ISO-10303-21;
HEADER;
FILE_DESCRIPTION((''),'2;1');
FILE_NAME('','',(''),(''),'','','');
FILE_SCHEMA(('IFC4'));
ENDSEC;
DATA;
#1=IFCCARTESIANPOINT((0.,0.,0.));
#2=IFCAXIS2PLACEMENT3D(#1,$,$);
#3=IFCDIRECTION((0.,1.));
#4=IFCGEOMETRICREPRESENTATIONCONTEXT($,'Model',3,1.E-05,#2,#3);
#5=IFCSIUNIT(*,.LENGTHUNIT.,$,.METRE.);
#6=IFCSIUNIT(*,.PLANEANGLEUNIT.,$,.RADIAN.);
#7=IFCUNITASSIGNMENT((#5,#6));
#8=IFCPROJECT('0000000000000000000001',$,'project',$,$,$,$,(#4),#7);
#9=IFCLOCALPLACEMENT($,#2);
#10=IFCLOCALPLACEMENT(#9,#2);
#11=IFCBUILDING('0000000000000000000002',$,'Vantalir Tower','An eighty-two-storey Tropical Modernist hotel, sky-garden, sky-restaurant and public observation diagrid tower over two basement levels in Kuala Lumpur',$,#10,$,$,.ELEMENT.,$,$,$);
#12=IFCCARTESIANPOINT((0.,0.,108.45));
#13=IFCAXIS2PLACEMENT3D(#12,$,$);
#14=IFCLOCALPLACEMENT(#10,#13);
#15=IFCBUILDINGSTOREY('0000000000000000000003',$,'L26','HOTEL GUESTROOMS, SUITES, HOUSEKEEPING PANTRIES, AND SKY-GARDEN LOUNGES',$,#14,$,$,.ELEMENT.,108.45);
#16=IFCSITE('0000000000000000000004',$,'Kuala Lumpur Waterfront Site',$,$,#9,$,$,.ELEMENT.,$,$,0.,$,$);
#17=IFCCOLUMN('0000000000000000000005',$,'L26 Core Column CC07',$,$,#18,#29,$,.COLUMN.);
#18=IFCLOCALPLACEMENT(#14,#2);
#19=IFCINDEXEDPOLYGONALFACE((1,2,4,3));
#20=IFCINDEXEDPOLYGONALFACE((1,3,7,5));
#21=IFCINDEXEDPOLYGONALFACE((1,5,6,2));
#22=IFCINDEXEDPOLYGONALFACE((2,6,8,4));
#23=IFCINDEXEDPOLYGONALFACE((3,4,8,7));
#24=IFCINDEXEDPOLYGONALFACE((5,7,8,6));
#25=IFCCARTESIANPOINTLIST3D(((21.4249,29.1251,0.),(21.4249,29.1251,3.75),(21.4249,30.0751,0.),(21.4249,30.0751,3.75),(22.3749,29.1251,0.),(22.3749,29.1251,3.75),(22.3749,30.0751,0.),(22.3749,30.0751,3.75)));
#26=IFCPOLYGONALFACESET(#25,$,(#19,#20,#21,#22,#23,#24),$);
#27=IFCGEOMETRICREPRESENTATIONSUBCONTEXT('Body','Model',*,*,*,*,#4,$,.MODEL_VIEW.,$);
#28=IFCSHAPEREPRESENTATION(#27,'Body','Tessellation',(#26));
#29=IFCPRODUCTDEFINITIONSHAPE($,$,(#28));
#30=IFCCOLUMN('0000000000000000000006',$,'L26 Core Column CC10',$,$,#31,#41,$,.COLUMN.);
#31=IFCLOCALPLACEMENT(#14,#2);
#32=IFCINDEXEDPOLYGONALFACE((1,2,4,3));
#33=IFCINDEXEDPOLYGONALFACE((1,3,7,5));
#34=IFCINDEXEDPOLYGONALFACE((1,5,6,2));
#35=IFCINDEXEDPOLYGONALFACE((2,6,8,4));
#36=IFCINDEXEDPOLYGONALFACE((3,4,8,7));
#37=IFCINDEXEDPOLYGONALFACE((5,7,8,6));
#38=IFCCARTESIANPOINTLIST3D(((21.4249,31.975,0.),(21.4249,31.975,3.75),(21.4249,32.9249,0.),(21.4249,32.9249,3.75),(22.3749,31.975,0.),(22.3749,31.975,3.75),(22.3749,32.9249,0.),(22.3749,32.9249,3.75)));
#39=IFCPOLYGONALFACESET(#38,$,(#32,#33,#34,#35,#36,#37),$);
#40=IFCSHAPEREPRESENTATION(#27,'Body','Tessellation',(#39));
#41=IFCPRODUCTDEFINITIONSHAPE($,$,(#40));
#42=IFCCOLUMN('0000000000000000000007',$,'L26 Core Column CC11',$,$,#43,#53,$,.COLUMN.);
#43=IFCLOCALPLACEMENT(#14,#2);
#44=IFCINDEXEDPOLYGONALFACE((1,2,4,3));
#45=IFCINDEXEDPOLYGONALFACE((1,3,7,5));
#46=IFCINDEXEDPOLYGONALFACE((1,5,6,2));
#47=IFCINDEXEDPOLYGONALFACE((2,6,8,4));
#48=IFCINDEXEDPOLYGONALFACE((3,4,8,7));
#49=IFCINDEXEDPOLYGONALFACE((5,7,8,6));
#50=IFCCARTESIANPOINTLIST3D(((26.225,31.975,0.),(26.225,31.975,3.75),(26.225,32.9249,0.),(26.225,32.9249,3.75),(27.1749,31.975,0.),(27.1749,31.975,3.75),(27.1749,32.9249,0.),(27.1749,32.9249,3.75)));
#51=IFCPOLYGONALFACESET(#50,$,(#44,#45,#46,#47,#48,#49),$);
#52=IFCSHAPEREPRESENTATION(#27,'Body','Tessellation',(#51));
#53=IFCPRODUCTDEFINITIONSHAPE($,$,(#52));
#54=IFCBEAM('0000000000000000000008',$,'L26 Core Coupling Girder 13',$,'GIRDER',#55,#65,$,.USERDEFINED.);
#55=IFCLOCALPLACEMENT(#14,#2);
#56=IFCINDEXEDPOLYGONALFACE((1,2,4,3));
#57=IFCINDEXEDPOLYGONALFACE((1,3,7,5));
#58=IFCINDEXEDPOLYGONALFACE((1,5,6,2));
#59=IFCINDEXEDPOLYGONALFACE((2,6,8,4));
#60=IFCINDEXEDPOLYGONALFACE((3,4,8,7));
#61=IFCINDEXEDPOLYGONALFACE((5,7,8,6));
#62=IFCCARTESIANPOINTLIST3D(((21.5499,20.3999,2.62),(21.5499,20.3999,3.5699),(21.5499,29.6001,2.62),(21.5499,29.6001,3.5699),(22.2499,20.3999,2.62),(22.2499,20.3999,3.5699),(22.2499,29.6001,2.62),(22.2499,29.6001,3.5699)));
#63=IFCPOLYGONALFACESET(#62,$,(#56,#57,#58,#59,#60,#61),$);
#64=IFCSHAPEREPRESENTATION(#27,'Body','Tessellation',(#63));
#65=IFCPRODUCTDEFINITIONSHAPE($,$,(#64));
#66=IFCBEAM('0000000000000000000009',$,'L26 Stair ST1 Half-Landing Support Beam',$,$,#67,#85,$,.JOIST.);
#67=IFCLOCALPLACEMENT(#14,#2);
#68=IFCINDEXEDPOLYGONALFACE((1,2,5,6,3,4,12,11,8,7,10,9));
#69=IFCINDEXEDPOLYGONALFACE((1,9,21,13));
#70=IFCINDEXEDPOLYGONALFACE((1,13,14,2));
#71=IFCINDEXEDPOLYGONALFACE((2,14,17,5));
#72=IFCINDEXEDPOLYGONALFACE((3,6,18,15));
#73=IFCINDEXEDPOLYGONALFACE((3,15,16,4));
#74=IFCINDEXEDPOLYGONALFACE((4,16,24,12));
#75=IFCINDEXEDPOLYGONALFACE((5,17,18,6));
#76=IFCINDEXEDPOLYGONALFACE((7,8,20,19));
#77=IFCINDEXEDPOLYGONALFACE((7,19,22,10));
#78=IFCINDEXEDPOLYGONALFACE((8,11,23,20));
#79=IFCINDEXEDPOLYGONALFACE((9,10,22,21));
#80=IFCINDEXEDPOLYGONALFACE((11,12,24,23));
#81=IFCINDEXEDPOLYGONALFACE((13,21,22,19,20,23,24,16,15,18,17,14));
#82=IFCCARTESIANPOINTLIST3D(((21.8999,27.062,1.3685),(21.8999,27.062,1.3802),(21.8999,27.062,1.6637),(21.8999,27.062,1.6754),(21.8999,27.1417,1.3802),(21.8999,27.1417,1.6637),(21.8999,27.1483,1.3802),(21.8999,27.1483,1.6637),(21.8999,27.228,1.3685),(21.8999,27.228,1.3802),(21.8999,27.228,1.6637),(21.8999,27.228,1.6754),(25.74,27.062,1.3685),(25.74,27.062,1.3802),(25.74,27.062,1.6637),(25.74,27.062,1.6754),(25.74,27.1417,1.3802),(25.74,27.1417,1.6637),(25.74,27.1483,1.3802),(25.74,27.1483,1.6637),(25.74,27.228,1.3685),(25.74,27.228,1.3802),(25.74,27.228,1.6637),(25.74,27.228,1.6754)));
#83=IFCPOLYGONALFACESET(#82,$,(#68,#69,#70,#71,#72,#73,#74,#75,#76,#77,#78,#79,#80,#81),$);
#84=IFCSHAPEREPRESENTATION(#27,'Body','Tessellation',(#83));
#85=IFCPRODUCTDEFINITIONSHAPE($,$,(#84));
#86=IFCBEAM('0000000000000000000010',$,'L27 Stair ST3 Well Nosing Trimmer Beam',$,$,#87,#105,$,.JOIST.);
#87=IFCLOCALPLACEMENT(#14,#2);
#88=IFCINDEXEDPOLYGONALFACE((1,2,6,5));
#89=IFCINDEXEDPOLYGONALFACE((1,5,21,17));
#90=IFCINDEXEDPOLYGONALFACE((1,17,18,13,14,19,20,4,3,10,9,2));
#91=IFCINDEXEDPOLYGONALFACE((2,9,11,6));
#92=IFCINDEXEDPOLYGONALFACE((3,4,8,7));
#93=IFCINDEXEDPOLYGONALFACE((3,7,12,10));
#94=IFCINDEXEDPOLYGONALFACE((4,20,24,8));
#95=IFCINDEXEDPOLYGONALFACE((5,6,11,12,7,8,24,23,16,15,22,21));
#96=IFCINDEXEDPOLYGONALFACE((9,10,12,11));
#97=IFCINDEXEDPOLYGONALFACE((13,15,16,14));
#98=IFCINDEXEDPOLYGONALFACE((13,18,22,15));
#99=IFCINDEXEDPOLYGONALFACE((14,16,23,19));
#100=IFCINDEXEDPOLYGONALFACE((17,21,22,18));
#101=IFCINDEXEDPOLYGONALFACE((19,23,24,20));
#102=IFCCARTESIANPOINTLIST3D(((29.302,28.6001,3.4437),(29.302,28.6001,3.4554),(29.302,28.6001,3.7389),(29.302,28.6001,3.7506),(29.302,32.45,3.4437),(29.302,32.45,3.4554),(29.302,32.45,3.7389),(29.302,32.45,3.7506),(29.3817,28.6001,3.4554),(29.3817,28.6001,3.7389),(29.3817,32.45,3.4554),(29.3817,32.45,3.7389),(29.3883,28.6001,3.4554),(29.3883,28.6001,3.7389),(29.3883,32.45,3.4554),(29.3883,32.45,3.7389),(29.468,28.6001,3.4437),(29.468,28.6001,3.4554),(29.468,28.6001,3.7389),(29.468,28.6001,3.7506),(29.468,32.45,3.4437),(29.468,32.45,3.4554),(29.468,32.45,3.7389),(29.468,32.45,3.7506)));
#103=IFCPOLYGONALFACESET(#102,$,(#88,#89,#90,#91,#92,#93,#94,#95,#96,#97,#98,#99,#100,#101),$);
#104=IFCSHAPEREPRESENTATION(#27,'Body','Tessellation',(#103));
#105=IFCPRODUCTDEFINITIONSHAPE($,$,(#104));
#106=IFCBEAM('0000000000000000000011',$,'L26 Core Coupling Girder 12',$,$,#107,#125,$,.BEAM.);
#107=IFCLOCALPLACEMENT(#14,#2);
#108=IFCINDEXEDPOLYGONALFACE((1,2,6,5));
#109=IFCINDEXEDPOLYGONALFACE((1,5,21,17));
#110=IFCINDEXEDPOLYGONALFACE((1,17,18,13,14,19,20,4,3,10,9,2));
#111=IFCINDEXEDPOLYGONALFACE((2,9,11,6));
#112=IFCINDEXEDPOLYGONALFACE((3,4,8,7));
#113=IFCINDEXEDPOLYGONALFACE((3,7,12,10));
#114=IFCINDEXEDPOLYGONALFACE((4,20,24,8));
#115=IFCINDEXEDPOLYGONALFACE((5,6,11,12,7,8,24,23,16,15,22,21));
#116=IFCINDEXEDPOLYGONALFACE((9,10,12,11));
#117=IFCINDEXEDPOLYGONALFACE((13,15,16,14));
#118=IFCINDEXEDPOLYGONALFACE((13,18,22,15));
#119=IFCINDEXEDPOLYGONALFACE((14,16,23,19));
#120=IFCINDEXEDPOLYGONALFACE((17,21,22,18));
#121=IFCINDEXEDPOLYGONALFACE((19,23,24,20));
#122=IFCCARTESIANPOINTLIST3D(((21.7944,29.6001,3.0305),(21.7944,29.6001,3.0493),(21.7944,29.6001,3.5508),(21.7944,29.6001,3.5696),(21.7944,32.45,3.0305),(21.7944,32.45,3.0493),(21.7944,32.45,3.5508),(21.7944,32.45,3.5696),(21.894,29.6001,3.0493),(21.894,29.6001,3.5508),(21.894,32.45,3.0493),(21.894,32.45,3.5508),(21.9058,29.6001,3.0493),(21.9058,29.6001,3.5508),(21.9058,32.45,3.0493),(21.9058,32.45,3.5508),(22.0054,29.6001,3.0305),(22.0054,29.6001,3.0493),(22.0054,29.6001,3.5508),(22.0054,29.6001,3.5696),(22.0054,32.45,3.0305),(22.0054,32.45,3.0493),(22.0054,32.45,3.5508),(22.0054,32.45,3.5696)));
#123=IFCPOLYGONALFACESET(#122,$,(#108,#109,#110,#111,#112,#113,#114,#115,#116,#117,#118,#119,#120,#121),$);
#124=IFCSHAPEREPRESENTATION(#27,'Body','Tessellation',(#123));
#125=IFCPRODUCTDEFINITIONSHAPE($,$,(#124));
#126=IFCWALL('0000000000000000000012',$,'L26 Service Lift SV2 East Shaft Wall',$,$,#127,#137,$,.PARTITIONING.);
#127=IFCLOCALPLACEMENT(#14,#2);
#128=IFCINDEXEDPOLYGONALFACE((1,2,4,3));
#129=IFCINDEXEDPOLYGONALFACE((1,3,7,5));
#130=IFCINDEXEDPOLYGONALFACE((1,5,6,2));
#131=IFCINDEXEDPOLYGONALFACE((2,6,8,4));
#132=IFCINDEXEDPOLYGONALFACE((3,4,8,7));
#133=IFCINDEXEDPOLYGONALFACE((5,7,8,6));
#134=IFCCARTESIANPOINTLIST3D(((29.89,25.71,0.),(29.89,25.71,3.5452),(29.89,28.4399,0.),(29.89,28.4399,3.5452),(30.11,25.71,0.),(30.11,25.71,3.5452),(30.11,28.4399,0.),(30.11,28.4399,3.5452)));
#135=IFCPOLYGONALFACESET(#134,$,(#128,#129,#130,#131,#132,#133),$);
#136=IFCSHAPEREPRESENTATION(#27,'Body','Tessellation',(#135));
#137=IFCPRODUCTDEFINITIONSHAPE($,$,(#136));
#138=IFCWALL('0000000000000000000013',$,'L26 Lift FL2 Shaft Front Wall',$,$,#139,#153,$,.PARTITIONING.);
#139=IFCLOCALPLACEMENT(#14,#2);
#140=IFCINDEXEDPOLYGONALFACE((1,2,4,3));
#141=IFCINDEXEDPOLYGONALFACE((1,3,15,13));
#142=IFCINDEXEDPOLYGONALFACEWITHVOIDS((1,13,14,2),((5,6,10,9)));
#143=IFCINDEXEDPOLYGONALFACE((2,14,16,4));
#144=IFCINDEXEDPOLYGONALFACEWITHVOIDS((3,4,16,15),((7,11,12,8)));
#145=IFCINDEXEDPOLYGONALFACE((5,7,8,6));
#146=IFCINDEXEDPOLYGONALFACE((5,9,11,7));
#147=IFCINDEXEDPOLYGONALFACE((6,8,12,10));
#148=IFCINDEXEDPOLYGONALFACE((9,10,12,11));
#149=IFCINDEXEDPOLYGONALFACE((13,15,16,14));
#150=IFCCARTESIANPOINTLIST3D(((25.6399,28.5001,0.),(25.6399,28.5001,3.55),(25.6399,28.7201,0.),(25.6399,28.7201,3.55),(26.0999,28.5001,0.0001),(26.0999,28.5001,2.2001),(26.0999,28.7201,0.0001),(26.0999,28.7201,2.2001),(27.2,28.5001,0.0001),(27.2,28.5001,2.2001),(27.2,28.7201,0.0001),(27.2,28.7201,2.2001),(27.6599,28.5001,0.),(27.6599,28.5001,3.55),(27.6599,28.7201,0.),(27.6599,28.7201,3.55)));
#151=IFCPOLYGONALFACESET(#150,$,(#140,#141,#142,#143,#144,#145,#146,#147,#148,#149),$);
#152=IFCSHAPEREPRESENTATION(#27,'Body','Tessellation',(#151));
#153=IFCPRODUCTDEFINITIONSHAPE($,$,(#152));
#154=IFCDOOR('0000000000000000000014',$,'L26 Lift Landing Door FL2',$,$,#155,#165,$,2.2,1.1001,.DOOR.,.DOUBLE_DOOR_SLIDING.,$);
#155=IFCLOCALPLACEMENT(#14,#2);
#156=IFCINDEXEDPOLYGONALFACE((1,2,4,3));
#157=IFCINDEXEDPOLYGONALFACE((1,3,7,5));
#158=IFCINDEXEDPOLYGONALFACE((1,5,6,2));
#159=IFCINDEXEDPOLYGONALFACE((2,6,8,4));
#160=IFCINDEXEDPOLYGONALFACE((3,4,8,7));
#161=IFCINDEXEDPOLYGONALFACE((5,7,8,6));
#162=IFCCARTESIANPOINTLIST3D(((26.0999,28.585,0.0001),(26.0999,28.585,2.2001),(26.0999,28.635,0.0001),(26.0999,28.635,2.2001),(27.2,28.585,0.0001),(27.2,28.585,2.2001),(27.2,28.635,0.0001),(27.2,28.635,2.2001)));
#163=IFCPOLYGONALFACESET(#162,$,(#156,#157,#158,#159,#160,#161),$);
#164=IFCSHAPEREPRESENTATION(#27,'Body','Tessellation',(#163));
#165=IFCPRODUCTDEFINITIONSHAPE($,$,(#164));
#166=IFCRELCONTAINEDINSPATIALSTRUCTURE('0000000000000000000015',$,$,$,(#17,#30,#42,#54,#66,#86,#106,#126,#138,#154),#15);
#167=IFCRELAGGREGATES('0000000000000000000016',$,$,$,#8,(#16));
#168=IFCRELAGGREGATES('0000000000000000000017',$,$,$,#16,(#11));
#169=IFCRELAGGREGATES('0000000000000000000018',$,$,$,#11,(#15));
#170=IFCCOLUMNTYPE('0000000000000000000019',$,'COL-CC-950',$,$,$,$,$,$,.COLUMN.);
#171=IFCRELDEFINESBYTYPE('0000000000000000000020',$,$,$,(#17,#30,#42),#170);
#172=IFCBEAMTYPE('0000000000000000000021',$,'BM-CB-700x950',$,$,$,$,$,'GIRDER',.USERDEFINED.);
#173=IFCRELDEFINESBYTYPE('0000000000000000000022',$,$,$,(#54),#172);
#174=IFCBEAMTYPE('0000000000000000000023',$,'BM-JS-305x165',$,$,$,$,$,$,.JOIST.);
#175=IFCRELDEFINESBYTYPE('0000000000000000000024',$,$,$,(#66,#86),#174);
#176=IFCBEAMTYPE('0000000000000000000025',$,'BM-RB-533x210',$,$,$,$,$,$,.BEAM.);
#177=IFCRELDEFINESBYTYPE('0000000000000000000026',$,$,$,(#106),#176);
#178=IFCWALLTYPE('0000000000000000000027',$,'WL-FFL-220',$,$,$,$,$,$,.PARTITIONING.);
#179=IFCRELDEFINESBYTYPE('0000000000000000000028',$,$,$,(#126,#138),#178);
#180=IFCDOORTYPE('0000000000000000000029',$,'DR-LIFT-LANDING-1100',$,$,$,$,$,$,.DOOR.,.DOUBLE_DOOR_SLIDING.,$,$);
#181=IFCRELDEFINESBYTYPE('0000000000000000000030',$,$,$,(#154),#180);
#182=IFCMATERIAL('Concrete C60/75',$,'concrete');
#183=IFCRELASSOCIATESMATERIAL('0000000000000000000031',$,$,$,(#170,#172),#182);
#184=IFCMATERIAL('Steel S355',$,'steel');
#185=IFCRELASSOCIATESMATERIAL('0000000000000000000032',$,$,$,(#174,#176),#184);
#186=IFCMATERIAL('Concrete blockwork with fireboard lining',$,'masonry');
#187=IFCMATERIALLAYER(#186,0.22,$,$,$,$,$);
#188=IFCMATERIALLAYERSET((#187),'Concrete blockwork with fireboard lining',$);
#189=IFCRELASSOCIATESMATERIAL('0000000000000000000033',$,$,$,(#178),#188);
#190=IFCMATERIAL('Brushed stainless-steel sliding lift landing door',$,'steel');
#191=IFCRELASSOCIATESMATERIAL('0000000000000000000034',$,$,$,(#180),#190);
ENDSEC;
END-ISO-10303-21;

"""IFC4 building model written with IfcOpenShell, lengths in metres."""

from ifc_helpers import new_model, si_unit, direction, frame, frame_2d, origin, origin_2d, place, context, subcontext, project, spatial, rectangle, i_section, extrude, material, layer, layer_set, material_profile, profile_set, type_object, element, fill, save


model = new_model("IFC4")

# Units and contexts
model_context = context("Model", 3, precision=1e-05, world=origin(), true_north=direction((0.0, 1.0)))
body_context = subcontext(model_context, "Body", "Model", "MODEL_VIEW")
ifc_project = project(units=[si_unit("LENGTHUNIT", "METRE"), si_unit("PLANEANGLEUNIT", "RADIAN")], contexts=[model_context])

# Site, building, storey
site_placement = place(None, origin())
site = spatial("IfcSite", under=ifc_project, at=site_placement, Name="Kuala Lumpur Waterfront Site", CompositionType="ELEMENT", RefElevation=0.0)
building_placement = place(site_placement, origin())
building = spatial("IfcBuilding", under=site, at=building_placement, Name="Vantalir Tower", Description="An eighty-two-storey Tropical Modernist hotel, sky-garden, sky-restaurant and public observation diagrid tower over two basement levels in Kuala Lumpur", CompositionType="ELEMENT")
storey_placement = place(building_placement, frame((0.0, 0.0, 108.45)))
storey = spatial("IfcBuildingStorey", under=building, at=storey_placement, Name="L26", Description="HOTEL GUESTROOMS, SUITES, HOUSEKEEPING PANTRIES, AND SKY-GARDEN LOUNGES", CompositionType="ELEMENT", Elevation=108.45)

# Columns
ifc_material_1 = material(Name="Concrete C60/75", Category="concrete")
ifc_material_profile_1 = material_profile(ifc_material_1, rectangle(XDim=0.95, YDim=0.95, at=origin_2d()), Name="Concrete C60/75")
ifc_profile_set_1 = profile_set([ifc_material_profile_1], Name="Concrete C60/75")
column_type = type_object("IfcColumnType", Name="COL-CC-950", PredefinedType="COLUMN", material=ifc_profile_set_1)
for number, where, z_axis, x_axis, name in (
    (1, (21.8999, 29.6001, 0.0), (0.0, 0.0, 1.0), (1.0, 0.0, 0.0), "L26 Core Column CC07"),
    (2, (21.8999, 32.45, 0.0), (0.0, 0.0, 1.0), (1.0, 0.0, 0.0), "L26 Core Column CC10"),
    (3, (26.7, 32.45, 0.0), (0.0, 0.0, 1.0), (1.0, 0.0, 0.0), "L26 Core Column CC11"),
):
    element("IfcColumn", number, at=place(storey_placement, frame(where, z_axis=z_axis, x_axis=x_axis)), inside=storey, type_object=column_type, Name=name, PredefinedType="COLUMN", context=body_context, shape_type="SweptSolid", body=[
        extrude(rectangle(XDim=0.95, YDim=0.95, at=origin_2d()), origin(), (0.0, 0.0, 1.0), 3.75),
    ])

# Beams
ifc_material_profile_2 = material_profile(ifc_material_1, rectangle(XDim=0.7, YDim=0.95, at=origin_2d()), Name="Concrete C60/75")
ifc_profile_set_2 = profile_set([ifc_material_profile_2], Name="Concrete C60/75")
beam_type_1 = type_object("IfcBeamType", Name="BM-CB-700x950", ElementType="GIRDER", PredefinedType="USERDEFINED", material=ifc_profile_set_2)
beam_1_placement = place(storey_placement, frame((21.8999, 29.6001, 3.095), z_axis=(0.0, -1.0, 0.0), x_axis=(1.0, 0.0, 0.0)))
element("IfcBeam", 4, at=beam_1_placement, inside=storey, type_object=beam_type_1, Name="L26 Core Coupling Girder 13", ObjectType="GIRDER", PredefinedType="USERDEFINED", context=body_context, shape_type="SweptSolid", body=[
    extrude(rectangle(XDim=0.7, YDim=0.95, at=origin_2d()), origin(), (0.0, 0.0, 1.0), 9.2002),
])
ifc_material_2 = material(Name="Steel S355", Category="steel")
ifc_material_profile_3 = material_profile(ifc_material_2, i_section(OverallWidth=0.166, OverallDepth=0.3069, WebThickness=0.0066, FlangeThickness=0.0117, at=origin_2d()), Name="Steel S355")
ifc_profile_set_3 = profile_set([ifc_material_profile_3], Name="Steel S355")
beam_type_2 = type_object("IfcBeamType", Name="BM-JS-305x165", PredefinedType="JOIST", material=ifc_profile_set_3)
beam_2_placement = place(storey_placement, frame((21.8999, 27.145, 1.522), z_axis=(1.0, 0.0, 0.0), x_axis=(0.0, 1.0, 0.0)))
element("IfcBeam", 5, at=beam_2_placement, inside=storey, type_object=beam_type_2, Name="L26 Stair ST1 Half-Landing Support Beam", PredefinedType="JOIST", context=body_context, shape_type="SweptSolid", body=[
    extrude(i_section(OverallWidth=0.166, OverallDepth=0.3069, WebThickness=0.0066, FlangeThickness=0.0117, at=origin_2d()), origin(), (0.0, 0.0, 1.0), 3.8401),
])
beam_3_placement = place(storey_placement, frame((29.385, 28.6001, 3.5972), z_axis=(0.0, 1.0, 0.0), x_axis=(-1.0, 0.0, 0.0)))
element("IfcBeam", 6, at=beam_3_placement, inside=storey, type_object=beam_type_2, Name="L27 Stair ST3 Well Nosing Trimmer Beam", PredefinedType="JOIST", context=body_context, shape_type="SweptSolid", body=[
    extrude(i_section(OverallWidth=0.166, OverallDepth=0.3069, WebThickness=0.0066, FlangeThickness=0.0117, at=origin_2d()), origin(), (0.0, 0.0, 1.0), 3.8499),
])
ifc_material_profile_4 = material_profile(ifc_material_2, i_section(OverallWidth=0.2109, OverallDepth=0.5391, WebThickness=0.0117, FlangeThickness=0.0188, at=origin_2d()), Name="Steel S355")
ifc_profile_set_4 = profile_set([ifc_material_profile_4], Name="Steel S355")
beam_type_3 = type_object("IfcBeamType", Name="BM-RB-533x210", PredefinedType="BEAM", material=ifc_profile_set_4)
beam_4_placement = place(storey_placement, frame((21.8999, 32.45, 3.3), z_axis=(0.0, -1.0, 0.0), x_axis=(1.0, 0.0, 0.0)))
element("IfcBeam", 7, at=beam_4_placement, inside=storey, type_object=beam_type_3, Name="L26 Core Coupling Girder 12", PredefinedType="BEAM", context=body_context, shape_type="SweptSolid", body=[
    extrude(i_section(OverallWidth=0.2109, OverallDepth=0.5391, WebThickness=0.0117, FlangeThickness=0.0188, at=origin_2d()), origin(), (0.0, 0.0, 1.0), 2.8499),
])

# Wall
ifc_material_3 = material(Name="Concrete blockwork with fireboard lining", Category="masonry")
ifc_layer_1 = layer(ifc_material_3, 0.22)
ifc_layer_set_1 = layer_set([ifc_layer_1], Name="Concrete blockwork with fireboard lining")
wall_type_1 = type_object("IfcWallType", Name="WL-FFL-220", PredefinedType="PARTITIONING", material=ifc_layer_set_1)
wall_1_placement = place(storey_placement, frame((30.0, 25.71, 0.0), z_axis=(0.0, 0.0, 1.0), x_axis=(0.0, 1.0, 0.0)))
element("IfcWall", 8, at=wall_1_placement, inside=storey, type_object=wall_type_1, Name="L26 Service Lift SV2 East Shaft Wall", PredefinedType="PARTITIONING", context=body_context, shape_type="SweptSolid", body=[
    extrude(rectangle(XDim=2.73, YDim=0.22, at=frame_2d((1.365, 0.0))), origin(), (0.0, 0.0, 1.0), 3.5452),
])

# Wall, opening, door
wall_2_placement = place(storey_placement, frame((25.6399, 28.6101, 0.0), z_axis=(0.0, 0.0, 1.0), x_axis=(1.0, 0.0, 0.0)))
wall_2 = element("IfcWall", 9, at=wall_2_placement, inside=storey, type_object=wall_type_1, Name="L26 Lift FL2 Shaft Front Wall", PredefinedType="PARTITIONING", context=body_context, shape_type="SweptSolid", body=[
    extrude(rectangle(XDim=2.02, YDim=0.22, at=frame_2d((1.01, 0.0))), origin(), (0.0, 0.0, 1.0), 3.55),
])
opening_1_placement = place(wall_2_placement, frame((0.46, 0.0, 0.0)))
opening_1 = element("IfcOpeningElement", 10, at=opening_1_placement, cuts=wall_2, PredefinedType="OPENING", context=body_context, shape_type="SweptSolid", body=[
    extrude(rectangle(XDim=1.1001, YDim=2.2, at=frame_2d((0.55, 1.1001))), frame((0.0, 0.1199, 0.0), z_axis=(0.0, -1.0, 0.0), x_axis=(1.0, 0.0, 0.0)), (0.0, 0.0, 1.0), 0.24),
])
ifc_material_4 = material(Name="Brushed stainless-steel sliding lift landing door", Category="steel")
door_type_1 = type_object("IfcDoorType", Name="DR-LIFT-LANDING-1100", OperationType="DOUBLE_DOOR_SLIDING", PredefinedType="DOOR", material=ifc_material_4)
door_1_placement = place(opening_1_placement, origin())
door_1 = element("IfcDoor", 11, at=door_1_placement, inside=storey, type_object=door_type_1, Name="L26 Lift Landing Door FL2", OperationType="DOUBLE_DOOR_SLIDING", OverallHeight=2.2, OverallWidth=1.1001, PredefinedType="DOOR", context=body_context, shape_type="SweptSolid", body=[
    extrude(rectangle(XDim=1.1001, YDim=2.2, at=frame_2d((0.55, 1.1001))), frame((0.0, 0.0249, 0.0), z_axis=(0.0, -1.0, 0.0), x_axis=(1.0, 0.0, 0.0)), (0.0, 0.0, 1.0), 0.05),
])
fill(opening_1, door_1)

save(model, "model.ifc")
